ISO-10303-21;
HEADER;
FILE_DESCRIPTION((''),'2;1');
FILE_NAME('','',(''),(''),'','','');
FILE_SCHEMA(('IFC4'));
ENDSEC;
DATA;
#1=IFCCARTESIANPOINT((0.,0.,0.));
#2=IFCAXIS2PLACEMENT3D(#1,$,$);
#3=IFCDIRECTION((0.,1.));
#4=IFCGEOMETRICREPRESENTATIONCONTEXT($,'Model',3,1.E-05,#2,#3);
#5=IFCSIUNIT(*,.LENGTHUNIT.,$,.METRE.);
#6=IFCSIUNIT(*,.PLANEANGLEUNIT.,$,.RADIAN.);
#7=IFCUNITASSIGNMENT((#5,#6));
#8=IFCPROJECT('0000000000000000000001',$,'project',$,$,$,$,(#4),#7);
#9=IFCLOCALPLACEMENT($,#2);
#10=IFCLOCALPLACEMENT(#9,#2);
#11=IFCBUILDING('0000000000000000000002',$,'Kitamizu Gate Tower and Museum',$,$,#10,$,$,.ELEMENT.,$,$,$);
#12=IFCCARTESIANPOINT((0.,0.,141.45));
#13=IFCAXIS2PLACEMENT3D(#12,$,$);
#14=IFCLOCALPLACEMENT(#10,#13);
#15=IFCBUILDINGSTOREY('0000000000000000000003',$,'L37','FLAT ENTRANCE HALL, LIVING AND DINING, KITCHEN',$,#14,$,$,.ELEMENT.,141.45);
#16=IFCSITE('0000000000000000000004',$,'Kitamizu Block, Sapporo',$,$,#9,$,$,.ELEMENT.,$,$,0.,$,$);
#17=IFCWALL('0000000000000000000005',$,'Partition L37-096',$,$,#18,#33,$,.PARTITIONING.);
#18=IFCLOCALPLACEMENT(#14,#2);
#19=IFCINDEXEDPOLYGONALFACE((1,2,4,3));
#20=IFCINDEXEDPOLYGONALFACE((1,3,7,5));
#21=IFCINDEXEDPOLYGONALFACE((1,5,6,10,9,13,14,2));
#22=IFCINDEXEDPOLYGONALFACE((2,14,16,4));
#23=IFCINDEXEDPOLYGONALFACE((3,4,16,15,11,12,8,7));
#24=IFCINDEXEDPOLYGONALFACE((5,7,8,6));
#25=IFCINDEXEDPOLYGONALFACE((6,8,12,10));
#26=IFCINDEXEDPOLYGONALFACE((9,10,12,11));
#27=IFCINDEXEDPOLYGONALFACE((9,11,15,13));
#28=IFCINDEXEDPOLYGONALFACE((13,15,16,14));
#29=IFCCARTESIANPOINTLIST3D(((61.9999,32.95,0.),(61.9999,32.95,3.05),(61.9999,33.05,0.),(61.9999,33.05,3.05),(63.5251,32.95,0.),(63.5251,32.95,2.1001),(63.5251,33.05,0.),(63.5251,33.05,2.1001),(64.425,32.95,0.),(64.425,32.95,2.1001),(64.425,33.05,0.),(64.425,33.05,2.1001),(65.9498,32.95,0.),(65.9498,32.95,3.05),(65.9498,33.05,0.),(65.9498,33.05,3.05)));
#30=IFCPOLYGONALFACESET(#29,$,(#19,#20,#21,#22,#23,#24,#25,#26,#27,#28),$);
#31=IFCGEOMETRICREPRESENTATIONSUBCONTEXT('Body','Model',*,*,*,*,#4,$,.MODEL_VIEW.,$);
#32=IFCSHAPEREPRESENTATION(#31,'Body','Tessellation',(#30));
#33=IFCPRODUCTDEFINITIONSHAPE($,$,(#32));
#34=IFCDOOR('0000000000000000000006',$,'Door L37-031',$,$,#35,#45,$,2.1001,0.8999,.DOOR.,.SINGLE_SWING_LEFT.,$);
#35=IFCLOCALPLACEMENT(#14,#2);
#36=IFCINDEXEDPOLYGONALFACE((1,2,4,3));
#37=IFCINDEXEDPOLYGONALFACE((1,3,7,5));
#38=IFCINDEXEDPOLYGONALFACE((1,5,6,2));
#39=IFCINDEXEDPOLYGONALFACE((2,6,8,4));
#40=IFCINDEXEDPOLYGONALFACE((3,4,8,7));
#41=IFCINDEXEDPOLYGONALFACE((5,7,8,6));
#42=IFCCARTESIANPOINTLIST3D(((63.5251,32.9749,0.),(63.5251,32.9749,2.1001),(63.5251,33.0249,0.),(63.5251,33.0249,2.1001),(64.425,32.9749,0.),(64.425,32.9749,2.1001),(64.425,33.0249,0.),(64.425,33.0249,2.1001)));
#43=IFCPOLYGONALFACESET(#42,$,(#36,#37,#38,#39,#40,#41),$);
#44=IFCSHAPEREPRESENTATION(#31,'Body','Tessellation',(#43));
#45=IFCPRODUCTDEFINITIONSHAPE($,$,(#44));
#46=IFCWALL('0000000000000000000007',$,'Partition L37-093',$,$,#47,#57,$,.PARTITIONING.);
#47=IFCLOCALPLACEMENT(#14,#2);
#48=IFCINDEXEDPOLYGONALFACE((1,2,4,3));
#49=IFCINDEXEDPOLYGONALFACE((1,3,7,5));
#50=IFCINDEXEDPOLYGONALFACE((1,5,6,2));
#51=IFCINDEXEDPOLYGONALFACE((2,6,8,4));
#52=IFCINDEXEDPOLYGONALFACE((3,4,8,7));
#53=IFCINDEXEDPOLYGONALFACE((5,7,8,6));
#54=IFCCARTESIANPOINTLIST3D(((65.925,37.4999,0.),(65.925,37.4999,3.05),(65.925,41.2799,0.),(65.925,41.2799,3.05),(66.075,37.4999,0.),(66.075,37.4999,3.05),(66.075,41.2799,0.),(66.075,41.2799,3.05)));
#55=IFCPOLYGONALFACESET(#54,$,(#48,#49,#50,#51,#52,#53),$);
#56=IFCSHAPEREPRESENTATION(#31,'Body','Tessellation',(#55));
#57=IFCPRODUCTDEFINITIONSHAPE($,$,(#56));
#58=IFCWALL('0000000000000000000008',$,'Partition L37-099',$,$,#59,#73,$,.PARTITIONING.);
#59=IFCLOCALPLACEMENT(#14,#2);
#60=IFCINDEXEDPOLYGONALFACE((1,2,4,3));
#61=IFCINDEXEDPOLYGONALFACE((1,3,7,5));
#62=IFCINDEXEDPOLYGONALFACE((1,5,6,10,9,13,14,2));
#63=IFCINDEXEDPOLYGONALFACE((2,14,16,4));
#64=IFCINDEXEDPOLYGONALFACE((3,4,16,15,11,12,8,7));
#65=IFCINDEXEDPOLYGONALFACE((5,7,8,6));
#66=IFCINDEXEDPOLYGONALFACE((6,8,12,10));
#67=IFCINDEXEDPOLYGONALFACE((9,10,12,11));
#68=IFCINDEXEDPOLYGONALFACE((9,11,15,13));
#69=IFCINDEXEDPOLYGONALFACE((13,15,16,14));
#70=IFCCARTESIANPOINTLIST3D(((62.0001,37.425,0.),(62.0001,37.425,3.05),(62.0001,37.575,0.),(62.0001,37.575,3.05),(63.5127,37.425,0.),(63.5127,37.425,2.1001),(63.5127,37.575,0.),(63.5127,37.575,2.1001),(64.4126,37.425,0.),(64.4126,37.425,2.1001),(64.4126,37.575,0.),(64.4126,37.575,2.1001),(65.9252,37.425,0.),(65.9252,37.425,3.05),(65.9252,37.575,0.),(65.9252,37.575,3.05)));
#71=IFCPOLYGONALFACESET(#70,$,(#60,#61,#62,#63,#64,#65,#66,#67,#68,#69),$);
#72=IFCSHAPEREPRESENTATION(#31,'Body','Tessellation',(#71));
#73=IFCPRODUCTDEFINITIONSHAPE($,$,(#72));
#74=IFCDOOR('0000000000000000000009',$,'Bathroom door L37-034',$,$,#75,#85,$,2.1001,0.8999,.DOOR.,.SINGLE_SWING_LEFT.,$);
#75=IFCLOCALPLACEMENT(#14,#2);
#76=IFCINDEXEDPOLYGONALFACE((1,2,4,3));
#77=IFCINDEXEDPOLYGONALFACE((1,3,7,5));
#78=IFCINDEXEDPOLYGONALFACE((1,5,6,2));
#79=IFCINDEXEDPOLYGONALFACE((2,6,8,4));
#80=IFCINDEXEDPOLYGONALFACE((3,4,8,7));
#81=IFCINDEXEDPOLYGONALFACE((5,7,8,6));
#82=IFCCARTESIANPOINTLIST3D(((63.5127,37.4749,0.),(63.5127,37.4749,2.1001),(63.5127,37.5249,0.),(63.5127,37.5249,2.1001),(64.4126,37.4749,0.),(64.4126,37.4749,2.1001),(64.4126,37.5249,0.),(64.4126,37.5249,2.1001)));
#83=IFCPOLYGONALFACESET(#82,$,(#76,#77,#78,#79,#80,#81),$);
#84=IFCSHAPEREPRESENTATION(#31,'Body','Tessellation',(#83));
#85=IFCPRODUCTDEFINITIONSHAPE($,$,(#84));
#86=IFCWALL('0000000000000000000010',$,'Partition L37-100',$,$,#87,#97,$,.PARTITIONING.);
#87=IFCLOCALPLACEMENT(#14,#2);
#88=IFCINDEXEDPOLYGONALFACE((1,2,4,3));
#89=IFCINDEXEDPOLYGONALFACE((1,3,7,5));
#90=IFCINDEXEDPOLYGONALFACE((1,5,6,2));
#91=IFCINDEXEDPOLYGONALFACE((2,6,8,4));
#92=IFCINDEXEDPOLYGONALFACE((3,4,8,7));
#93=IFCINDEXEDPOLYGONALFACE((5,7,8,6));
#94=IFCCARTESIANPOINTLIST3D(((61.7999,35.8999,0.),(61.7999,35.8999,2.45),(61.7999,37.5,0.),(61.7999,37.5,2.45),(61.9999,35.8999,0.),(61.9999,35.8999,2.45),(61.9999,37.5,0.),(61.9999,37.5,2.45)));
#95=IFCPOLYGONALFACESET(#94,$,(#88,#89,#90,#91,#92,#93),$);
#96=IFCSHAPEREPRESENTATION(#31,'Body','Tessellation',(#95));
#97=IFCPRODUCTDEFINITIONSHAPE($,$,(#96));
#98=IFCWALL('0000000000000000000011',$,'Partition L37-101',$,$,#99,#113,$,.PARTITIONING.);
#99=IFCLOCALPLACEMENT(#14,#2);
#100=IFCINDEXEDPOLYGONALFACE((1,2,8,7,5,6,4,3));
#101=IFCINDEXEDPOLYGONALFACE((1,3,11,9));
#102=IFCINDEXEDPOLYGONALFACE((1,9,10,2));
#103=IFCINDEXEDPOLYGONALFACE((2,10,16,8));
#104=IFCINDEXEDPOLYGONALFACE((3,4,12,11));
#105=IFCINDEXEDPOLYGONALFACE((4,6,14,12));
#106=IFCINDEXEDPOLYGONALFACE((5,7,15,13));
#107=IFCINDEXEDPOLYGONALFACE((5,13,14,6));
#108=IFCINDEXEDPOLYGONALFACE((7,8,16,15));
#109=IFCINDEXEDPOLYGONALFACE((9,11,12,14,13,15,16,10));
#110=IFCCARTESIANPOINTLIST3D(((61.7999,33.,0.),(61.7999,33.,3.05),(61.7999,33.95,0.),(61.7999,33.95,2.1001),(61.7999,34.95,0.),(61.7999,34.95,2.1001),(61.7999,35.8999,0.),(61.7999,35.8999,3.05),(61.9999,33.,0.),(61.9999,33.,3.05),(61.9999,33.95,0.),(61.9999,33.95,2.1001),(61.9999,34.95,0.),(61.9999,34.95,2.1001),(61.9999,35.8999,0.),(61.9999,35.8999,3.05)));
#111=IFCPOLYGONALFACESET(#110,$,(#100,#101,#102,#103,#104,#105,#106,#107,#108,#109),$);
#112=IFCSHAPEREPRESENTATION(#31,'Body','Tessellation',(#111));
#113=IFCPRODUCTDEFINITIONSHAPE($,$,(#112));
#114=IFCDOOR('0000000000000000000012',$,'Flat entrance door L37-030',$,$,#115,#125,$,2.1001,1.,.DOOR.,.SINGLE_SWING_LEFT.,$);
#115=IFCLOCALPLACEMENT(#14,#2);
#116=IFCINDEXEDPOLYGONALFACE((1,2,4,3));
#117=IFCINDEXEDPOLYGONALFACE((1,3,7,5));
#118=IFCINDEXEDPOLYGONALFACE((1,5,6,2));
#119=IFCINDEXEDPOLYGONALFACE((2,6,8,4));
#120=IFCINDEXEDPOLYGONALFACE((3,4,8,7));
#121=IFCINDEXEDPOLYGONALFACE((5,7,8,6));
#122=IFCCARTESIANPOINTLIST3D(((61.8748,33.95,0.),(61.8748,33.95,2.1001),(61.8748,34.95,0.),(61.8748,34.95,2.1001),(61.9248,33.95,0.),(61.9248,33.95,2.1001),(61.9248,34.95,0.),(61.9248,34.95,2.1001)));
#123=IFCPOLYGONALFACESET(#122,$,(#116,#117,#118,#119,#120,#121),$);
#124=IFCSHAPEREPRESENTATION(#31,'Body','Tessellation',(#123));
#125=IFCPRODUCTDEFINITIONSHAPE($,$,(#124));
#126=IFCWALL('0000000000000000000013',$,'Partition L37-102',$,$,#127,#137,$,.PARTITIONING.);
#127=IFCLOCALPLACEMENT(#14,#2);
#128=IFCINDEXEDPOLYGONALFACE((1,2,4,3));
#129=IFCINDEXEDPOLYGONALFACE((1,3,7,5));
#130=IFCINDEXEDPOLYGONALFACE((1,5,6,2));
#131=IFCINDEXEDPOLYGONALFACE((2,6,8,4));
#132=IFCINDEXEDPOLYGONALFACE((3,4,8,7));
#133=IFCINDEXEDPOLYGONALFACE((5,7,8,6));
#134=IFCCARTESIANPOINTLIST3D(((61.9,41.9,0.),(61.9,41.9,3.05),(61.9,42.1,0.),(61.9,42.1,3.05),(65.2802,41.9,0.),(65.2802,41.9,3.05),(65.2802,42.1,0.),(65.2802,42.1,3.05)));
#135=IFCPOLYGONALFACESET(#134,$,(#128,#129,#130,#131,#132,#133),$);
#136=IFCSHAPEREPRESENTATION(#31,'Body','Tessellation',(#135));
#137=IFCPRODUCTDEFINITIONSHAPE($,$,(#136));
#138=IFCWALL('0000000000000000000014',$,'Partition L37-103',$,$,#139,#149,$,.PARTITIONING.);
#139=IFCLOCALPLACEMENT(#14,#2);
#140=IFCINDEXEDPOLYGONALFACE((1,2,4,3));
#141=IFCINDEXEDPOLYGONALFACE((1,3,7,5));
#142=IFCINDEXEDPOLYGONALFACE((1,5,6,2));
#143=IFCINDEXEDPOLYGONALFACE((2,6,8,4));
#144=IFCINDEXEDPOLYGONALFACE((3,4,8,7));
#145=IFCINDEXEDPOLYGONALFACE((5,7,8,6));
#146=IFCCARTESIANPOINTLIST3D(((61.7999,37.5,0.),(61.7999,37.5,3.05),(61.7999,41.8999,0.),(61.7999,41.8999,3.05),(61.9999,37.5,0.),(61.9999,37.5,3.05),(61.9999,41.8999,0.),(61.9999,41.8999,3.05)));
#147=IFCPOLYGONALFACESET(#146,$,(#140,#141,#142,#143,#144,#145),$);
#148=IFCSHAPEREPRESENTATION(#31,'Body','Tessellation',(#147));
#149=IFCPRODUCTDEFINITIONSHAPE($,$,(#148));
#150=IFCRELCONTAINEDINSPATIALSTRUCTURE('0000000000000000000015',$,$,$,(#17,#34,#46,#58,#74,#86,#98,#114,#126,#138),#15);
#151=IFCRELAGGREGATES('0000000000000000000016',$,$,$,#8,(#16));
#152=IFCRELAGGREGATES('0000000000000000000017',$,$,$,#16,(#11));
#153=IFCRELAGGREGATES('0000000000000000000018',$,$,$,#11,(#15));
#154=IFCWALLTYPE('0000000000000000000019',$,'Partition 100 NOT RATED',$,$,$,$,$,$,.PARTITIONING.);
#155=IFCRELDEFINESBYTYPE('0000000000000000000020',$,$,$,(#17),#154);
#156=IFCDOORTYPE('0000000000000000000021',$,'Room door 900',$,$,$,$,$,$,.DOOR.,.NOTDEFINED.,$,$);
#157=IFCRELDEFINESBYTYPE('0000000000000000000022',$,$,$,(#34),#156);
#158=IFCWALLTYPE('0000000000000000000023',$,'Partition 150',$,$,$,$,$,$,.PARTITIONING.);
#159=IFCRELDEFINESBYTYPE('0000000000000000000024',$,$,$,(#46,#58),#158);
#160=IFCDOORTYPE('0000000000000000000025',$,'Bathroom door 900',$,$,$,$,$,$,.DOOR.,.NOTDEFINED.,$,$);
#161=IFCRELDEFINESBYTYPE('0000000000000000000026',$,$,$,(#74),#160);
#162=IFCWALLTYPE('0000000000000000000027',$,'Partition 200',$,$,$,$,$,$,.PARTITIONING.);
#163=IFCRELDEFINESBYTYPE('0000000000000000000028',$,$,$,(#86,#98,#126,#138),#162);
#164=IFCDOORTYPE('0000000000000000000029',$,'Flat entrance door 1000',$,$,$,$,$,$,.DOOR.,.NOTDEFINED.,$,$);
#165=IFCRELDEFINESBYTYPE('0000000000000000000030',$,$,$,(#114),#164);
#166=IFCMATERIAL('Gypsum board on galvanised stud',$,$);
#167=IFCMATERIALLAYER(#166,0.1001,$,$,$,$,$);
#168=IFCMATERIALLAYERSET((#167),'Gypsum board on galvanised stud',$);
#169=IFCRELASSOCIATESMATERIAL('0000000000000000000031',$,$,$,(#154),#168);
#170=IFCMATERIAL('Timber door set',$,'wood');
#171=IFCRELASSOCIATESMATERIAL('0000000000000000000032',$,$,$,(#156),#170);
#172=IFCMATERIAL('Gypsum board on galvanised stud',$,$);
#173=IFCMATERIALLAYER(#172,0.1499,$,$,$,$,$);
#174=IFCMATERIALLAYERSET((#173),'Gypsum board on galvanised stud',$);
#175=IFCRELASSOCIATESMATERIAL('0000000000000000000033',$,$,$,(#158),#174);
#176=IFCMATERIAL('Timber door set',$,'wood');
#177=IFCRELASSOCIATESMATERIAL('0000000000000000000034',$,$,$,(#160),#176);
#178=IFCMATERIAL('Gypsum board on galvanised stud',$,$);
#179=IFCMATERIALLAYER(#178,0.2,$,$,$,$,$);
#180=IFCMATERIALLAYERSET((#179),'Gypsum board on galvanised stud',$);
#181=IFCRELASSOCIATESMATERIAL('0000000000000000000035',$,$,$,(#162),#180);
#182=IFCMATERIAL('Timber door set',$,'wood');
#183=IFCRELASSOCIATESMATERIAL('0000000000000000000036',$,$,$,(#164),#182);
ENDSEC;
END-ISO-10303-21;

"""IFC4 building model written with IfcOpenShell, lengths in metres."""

from ifc_helpers import new_model, si_unit, direction, frame, frame_2d, origin, place, context, subcontext, project, spatial, rectangle, extrude, material, layer, layer_set, type_object, element, fill, save


model = new_model("IFC4")

# Units and contexts
model_context = context("Model", 3, precision=1e-05, world=origin(), true_north=direction((0.0, 1.0)))
body_context = subcontext(model_context, "Body", "Model", "MODEL_VIEW")
ifc_project = project(units=[si_unit("LENGTHUNIT", "METRE"), si_unit("PLANEANGLEUNIT", "RADIAN")], contexts=[model_context])

# Site, building, storey
site_placement = place(None, origin())
site = spatial("IfcSite", under=ifc_project, at=site_placement, Name="Kitamizu Block, Sapporo", CompositionType="ELEMENT", RefElevation=0.0)
building_placement = place(site_placement, origin())
building = spatial("IfcBuilding", under=site, at=building_placement, Name="Kitamizu Gate Tower and Museum", CompositionType="ELEMENT")
storey_placement = place(building_placement, frame((0.0, 0.0, 141.45)))
storey = spatial("IfcBuildingStorey", under=building, at=storey_placement, Name="L37", Description="FLAT ENTRANCE HALL, LIVING AND DINING, KITCHEN", CompositionType="ELEMENT", Elevation=141.45)

# Shared definitions
ifc_material_1 = material(Name="Gypsum board on galvanised stud")
ifc_layer_1 = layer(ifc_material_1, 0.1001)
ifc_layer_set_1 = layer_set([ifc_layer_1], Name="Gypsum board on galvanised stud")
wall_type_1 = type_object("IfcWallType", Name="Partition 100 NOT RATED", PredefinedType="PARTITIONING", material=ifc_layer_set_1)
ifc_material_2 = material(Name="Timber door set", Category="wood")
door_type_1 = type_object("IfcDoorType", Name="Room door 900", OperationType="NOTDEFINED", PredefinedType="DOOR", material=ifc_material_2)

# Wall, opening, door
wall_1_placement = place(storey_placement, frame((65.95, 33.0, 0.0), z_axis=(0.0, 0.0, 1.0), x_axis=(-1.0, 0.0, 0.0)))
wall_1 = element("IfcWall", 1, at=wall_1_placement, inside=storey, type_object=wall_type_1, Name="Partition L37-096", PredefinedType="PARTITIONING", context=body_context, shape_type="SweptSolid", body=[
    extrude(rectangle(XDim=3.95, YDim=0.1001, at=frame_2d((1.9751, 0.0))), origin(), (0.0, 0.0, 1.0), 3.05),
])
opening_1_placement = place(wall_1_placement, frame((1.5249, 0.0, 0.0)))
opening_1 = element("IfcOpeningElement", 2, at=opening_1_placement, cuts=wall_1, PredefinedType="OPENING", context=body_context, shape_type="SweptSolid", body=[
    extrude(rectangle(XDim=0.8999, YDim=2.1001, at=frame_2d((0.45, 1.05))), frame((0.0, 0.0601, 0.0), z_axis=(0.0, -1.0, 0.0), x_axis=(1.0, 0.0, 0.0)), (0.0, 0.0, 1.0), 0.1201),
])
door_1_placement = place(opening_1_placement, frame((0.8999, 0.0, 0.0), x_axis=(-1.0, 0.0, 0.0)))
door_1 = element("IfcDoor", 3, at=door_1_placement, inside=storey, type_object=door_type_1, Name="Door L37-031", OperationType="SINGLE_SWING_LEFT", OverallHeight=2.1001, OverallWidth=0.8999, PredefinedType="DOOR", context=body_context, shape_type="SweptSolid", body=[
    extrude(rectangle(XDim=0.8999, YDim=2.1001, at=frame_2d((0.45, 1.05))), frame((0.0, 0.0249, 0.0), z_axis=(0.0, -1.0, 0.0), x_axis=(1.0, 0.0, 0.0)), (0.0, 0.0, 1.0), 0.05),
])
fill(opening_1, door_1)

# Wall
ifc_material_3 = material(Name="Gypsum board on galvanised stud")
ifc_layer_2 = layer(ifc_material_3, 0.1499)
ifc_layer_set_2 = layer_set([ifc_layer_2], Name="Gypsum board on galvanised stud")
wall_type_2 = type_object("IfcWallType", Name="Partition 150", PredefinedType="PARTITIONING", material=ifc_layer_set_2)
wall_2_placement = place(storey_placement, frame((66.0, 41.28, 0.0), z_axis=(0.0, 0.0, 1.0), x_axis=(0.0, -1.0, 0.0)))
element("IfcWall", 4, at=wall_2_placement, inside=storey, type_object=wall_type_2, Name="Partition L37-093", PredefinedType="PARTITIONING", context=body_context, shape_type="SweptSolid", body=[
    extrude(rectangle(XDim=3.78, YDim=0.1499, at=frame_2d((1.8901, 0.0))), origin(), (0.0, 0.0, 1.0), 3.05),
])

# Wall, opening, door
wall_3_placement = place(storey_placement, frame((65.925, 37.5, 0.0), z_axis=(0.0, 0.0, 1.0), x_axis=(-1.0, 0.0, 0.0)))
wall_3 = element("IfcWall", 5, at=wall_3_placement, inside=storey, type_object=wall_type_2, Name="Partition L37-099", PredefinedType="PARTITIONING", context=body_context, shape_type="SweptSolid", body=[
    extrude(rectangle(XDim=3.925, YDim=0.1499, at=frame_2d((1.9624, 0.0))), origin(), (0.0, 0.0, 1.0), 3.05),
])
opening_2_placement = place(wall_3_placement, frame((1.5125, 0.0, 0.0)))
opening_2 = element("IfcOpeningElement", 6, at=opening_2_placement, cuts=wall_3, PredefinedType="OPENING", context=body_context, shape_type="SweptSolid", body=[
    extrude(rectangle(XDim=0.8999, YDim=2.1001, at=frame_2d((0.45, 1.05))), frame((0.0, 0.085, 0.0), z_axis=(0.0, -1.0, 0.0), x_axis=(1.0, 0.0, 0.0)), (0.0, 0.0, 1.0), 0.1699),
])
ifc_material_4 = material(Name="Timber door set", Category="wood")
door_type_2 = type_object("IfcDoorType", Name="Bathroom door 900", OperationType="NOTDEFINED", PredefinedType="DOOR", material=ifc_material_4)
door_2_placement = place(opening_2_placement, frame((0.8999, 0.0, 0.0), x_axis=(-1.0, 0.0, 0.0)))
door_2 = element("IfcDoor", 7, at=door_2_placement, inside=storey, type_object=door_type_2, Name="Bathroom door L37-034", OperationType="SINGLE_SWING_LEFT", OverallHeight=2.1001, OverallWidth=0.8999, PredefinedType="DOOR", context=body_context, shape_type="SweptSolid", body=[
    extrude(rectangle(XDim=0.8999, YDim=2.1001, at=frame_2d((0.45, 1.05))), frame((0.0, 0.0249, 0.0), z_axis=(0.0, -1.0, 0.0), x_axis=(1.0, 0.0, 0.0)), (0.0, 0.0, 1.0), 0.05),
])
fill(opening_2, door_2)

# Wall
ifc_material_5 = material(Name="Gypsum board on galvanised stud")
ifc_layer_3 = layer(ifc_material_5, 0.2)
ifc_layer_set_3 = layer_set([ifc_layer_3], Name="Gypsum board on galvanised stud")
wall_type_3 = type_object("IfcWallType", Name="Partition 200", PredefinedType="PARTITIONING", material=ifc_layer_set_3)
wall_4_placement = place(storey_placement, frame((61.8999, 37.5, 0.0), z_axis=(0.0, 0.0, 1.0), x_axis=(0.0, -1.0, 0.0)))
element("IfcWall", 8, at=wall_4_placement, inside=storey, type_object=wall_type_3, Name="Partition L37-100", PredefinedType="PARTITIONING", context=body_context, shape_type="SweptSolid", body=[
    extrude(rectangle(XDim=1.6001, YDim=0.2, at=frame_2d((0.8, 0.0))), origin(), (0.0, 0.0, 1.0), 2.45),
])

# Wall, opening, door
wall_5_placement = place(storey_placement, frame((61.8999, 35.8999, 0.0), z_axis=(0.0, 0.0, 1.0), x_axis=(0.0, -1.0, 0.0)))
wall_5 = element("IfcWall", 9, at=wall_5_placement, inside=storey, type_object=wall_type_3, Name="Partition L37-101", PredefinedType="PARTITIONING", context=body_context, shape_type="SweptSolid", body=[
    extrude(rectangle(XDim=2.8999, YDim=0.2, at=frame_2d((1.45, 0.0))), origin(), (0.0, 0.0, 1.0), 3.05),
])
opening_3_placement = place(wall_5_placement, frame((0.95, 0.0, 0.0)))
opening_3 = element("IfcOpeningElement", 10, at=opening_3_placement, cuts=wall_5, PredefinedType="OPENING", context=body_context, shape_type="SweptSolid", body=[
    extrude(rectangle(XDim=1.0, YDim=2.1001, at=frame_2d((0.5, 1.05))), frame((0.0, 0.1099, 0.0), z_axis=(0.0, -1.0, 0.0), x_axis=(1.0, 0.0, 0.0)), (0.0, 0.0, 1.0), 0.22),
])
ifc_material_6 = material(Name="Timber door set", Category="wood")
door_type_3 = type_object("IfcDoorType", Name="Flat entrance door 1000", OperationType="NOTDEFINED", PredefinedType="DOOR", material=ifc_material_6)
door_3_placement = place(opening_3_placement, origin())
door_3 = element("IfcDoor", 11, at=door_3_placement, inside=storey, type_object=door_type_3, Name="Flat entrance door L37-030", OperationType="SINGLE_SWING_LEFT", OverallHeight=2.1001, OverallWidth=1.0, PredefinedType="DOOR", context=body_context, shape_type="SweptSolid", body=[
    extrude(rectangle(XDim=1.0, YDim=2.1001, at=frame_2d((0.5, 1.05))), frame((0.0, 0.0249, 0.0), z_axis=(0.0, -1.0, 0.0), x_axis=(1.0, 0.0, 0.0)), (0.0, 0.0, 1.0), 0.05),
])
fill(opening_3, door_3)

# Walls
wall_6_placement = place(storey_placement, frame((65.28, 42.0, 0.0), z_axis=(0.0, 0.0, 1.0), x_axis=(-1.0, 0.0, 0.0)))
element("IfcWall", 12, at=wall_6_placement, inside=storey, type_object=wall_type_3, Name="Partition L37-102", PredefinedType="PARTITIONING", context=body_context, shape_type="SweptSolid", body=[
    extrude(rectangle(XDim=3.3801, YDim=0.2, at=frame_2d((1.6899, 0.0))), origin(), (0.0, 0.0, 1.0), 3.05),
])
wall_7_placement = place(storey_placement, frame((61.8999, 41.8999, 0.0), z_axis=(0.0, 0.0, 1.0), x_axis=(0.0, -1.0, 0.0)))
element("IfcWall", 13, at=wall_7_placement, inside=storey, type_object=wall_type_3, Name="Partition L37-103", PredefinedType="PARTITIONING", context=body_context, shape_type="SweptSolid", body=[
    extrude(rectangle(XDim=4.3999, YDim=0.2, at=frame_2d((2.2, 0.0))), origin(), (0.0, 0.0, 1.0), 3.05),
])

save(model, "model.ifc")
